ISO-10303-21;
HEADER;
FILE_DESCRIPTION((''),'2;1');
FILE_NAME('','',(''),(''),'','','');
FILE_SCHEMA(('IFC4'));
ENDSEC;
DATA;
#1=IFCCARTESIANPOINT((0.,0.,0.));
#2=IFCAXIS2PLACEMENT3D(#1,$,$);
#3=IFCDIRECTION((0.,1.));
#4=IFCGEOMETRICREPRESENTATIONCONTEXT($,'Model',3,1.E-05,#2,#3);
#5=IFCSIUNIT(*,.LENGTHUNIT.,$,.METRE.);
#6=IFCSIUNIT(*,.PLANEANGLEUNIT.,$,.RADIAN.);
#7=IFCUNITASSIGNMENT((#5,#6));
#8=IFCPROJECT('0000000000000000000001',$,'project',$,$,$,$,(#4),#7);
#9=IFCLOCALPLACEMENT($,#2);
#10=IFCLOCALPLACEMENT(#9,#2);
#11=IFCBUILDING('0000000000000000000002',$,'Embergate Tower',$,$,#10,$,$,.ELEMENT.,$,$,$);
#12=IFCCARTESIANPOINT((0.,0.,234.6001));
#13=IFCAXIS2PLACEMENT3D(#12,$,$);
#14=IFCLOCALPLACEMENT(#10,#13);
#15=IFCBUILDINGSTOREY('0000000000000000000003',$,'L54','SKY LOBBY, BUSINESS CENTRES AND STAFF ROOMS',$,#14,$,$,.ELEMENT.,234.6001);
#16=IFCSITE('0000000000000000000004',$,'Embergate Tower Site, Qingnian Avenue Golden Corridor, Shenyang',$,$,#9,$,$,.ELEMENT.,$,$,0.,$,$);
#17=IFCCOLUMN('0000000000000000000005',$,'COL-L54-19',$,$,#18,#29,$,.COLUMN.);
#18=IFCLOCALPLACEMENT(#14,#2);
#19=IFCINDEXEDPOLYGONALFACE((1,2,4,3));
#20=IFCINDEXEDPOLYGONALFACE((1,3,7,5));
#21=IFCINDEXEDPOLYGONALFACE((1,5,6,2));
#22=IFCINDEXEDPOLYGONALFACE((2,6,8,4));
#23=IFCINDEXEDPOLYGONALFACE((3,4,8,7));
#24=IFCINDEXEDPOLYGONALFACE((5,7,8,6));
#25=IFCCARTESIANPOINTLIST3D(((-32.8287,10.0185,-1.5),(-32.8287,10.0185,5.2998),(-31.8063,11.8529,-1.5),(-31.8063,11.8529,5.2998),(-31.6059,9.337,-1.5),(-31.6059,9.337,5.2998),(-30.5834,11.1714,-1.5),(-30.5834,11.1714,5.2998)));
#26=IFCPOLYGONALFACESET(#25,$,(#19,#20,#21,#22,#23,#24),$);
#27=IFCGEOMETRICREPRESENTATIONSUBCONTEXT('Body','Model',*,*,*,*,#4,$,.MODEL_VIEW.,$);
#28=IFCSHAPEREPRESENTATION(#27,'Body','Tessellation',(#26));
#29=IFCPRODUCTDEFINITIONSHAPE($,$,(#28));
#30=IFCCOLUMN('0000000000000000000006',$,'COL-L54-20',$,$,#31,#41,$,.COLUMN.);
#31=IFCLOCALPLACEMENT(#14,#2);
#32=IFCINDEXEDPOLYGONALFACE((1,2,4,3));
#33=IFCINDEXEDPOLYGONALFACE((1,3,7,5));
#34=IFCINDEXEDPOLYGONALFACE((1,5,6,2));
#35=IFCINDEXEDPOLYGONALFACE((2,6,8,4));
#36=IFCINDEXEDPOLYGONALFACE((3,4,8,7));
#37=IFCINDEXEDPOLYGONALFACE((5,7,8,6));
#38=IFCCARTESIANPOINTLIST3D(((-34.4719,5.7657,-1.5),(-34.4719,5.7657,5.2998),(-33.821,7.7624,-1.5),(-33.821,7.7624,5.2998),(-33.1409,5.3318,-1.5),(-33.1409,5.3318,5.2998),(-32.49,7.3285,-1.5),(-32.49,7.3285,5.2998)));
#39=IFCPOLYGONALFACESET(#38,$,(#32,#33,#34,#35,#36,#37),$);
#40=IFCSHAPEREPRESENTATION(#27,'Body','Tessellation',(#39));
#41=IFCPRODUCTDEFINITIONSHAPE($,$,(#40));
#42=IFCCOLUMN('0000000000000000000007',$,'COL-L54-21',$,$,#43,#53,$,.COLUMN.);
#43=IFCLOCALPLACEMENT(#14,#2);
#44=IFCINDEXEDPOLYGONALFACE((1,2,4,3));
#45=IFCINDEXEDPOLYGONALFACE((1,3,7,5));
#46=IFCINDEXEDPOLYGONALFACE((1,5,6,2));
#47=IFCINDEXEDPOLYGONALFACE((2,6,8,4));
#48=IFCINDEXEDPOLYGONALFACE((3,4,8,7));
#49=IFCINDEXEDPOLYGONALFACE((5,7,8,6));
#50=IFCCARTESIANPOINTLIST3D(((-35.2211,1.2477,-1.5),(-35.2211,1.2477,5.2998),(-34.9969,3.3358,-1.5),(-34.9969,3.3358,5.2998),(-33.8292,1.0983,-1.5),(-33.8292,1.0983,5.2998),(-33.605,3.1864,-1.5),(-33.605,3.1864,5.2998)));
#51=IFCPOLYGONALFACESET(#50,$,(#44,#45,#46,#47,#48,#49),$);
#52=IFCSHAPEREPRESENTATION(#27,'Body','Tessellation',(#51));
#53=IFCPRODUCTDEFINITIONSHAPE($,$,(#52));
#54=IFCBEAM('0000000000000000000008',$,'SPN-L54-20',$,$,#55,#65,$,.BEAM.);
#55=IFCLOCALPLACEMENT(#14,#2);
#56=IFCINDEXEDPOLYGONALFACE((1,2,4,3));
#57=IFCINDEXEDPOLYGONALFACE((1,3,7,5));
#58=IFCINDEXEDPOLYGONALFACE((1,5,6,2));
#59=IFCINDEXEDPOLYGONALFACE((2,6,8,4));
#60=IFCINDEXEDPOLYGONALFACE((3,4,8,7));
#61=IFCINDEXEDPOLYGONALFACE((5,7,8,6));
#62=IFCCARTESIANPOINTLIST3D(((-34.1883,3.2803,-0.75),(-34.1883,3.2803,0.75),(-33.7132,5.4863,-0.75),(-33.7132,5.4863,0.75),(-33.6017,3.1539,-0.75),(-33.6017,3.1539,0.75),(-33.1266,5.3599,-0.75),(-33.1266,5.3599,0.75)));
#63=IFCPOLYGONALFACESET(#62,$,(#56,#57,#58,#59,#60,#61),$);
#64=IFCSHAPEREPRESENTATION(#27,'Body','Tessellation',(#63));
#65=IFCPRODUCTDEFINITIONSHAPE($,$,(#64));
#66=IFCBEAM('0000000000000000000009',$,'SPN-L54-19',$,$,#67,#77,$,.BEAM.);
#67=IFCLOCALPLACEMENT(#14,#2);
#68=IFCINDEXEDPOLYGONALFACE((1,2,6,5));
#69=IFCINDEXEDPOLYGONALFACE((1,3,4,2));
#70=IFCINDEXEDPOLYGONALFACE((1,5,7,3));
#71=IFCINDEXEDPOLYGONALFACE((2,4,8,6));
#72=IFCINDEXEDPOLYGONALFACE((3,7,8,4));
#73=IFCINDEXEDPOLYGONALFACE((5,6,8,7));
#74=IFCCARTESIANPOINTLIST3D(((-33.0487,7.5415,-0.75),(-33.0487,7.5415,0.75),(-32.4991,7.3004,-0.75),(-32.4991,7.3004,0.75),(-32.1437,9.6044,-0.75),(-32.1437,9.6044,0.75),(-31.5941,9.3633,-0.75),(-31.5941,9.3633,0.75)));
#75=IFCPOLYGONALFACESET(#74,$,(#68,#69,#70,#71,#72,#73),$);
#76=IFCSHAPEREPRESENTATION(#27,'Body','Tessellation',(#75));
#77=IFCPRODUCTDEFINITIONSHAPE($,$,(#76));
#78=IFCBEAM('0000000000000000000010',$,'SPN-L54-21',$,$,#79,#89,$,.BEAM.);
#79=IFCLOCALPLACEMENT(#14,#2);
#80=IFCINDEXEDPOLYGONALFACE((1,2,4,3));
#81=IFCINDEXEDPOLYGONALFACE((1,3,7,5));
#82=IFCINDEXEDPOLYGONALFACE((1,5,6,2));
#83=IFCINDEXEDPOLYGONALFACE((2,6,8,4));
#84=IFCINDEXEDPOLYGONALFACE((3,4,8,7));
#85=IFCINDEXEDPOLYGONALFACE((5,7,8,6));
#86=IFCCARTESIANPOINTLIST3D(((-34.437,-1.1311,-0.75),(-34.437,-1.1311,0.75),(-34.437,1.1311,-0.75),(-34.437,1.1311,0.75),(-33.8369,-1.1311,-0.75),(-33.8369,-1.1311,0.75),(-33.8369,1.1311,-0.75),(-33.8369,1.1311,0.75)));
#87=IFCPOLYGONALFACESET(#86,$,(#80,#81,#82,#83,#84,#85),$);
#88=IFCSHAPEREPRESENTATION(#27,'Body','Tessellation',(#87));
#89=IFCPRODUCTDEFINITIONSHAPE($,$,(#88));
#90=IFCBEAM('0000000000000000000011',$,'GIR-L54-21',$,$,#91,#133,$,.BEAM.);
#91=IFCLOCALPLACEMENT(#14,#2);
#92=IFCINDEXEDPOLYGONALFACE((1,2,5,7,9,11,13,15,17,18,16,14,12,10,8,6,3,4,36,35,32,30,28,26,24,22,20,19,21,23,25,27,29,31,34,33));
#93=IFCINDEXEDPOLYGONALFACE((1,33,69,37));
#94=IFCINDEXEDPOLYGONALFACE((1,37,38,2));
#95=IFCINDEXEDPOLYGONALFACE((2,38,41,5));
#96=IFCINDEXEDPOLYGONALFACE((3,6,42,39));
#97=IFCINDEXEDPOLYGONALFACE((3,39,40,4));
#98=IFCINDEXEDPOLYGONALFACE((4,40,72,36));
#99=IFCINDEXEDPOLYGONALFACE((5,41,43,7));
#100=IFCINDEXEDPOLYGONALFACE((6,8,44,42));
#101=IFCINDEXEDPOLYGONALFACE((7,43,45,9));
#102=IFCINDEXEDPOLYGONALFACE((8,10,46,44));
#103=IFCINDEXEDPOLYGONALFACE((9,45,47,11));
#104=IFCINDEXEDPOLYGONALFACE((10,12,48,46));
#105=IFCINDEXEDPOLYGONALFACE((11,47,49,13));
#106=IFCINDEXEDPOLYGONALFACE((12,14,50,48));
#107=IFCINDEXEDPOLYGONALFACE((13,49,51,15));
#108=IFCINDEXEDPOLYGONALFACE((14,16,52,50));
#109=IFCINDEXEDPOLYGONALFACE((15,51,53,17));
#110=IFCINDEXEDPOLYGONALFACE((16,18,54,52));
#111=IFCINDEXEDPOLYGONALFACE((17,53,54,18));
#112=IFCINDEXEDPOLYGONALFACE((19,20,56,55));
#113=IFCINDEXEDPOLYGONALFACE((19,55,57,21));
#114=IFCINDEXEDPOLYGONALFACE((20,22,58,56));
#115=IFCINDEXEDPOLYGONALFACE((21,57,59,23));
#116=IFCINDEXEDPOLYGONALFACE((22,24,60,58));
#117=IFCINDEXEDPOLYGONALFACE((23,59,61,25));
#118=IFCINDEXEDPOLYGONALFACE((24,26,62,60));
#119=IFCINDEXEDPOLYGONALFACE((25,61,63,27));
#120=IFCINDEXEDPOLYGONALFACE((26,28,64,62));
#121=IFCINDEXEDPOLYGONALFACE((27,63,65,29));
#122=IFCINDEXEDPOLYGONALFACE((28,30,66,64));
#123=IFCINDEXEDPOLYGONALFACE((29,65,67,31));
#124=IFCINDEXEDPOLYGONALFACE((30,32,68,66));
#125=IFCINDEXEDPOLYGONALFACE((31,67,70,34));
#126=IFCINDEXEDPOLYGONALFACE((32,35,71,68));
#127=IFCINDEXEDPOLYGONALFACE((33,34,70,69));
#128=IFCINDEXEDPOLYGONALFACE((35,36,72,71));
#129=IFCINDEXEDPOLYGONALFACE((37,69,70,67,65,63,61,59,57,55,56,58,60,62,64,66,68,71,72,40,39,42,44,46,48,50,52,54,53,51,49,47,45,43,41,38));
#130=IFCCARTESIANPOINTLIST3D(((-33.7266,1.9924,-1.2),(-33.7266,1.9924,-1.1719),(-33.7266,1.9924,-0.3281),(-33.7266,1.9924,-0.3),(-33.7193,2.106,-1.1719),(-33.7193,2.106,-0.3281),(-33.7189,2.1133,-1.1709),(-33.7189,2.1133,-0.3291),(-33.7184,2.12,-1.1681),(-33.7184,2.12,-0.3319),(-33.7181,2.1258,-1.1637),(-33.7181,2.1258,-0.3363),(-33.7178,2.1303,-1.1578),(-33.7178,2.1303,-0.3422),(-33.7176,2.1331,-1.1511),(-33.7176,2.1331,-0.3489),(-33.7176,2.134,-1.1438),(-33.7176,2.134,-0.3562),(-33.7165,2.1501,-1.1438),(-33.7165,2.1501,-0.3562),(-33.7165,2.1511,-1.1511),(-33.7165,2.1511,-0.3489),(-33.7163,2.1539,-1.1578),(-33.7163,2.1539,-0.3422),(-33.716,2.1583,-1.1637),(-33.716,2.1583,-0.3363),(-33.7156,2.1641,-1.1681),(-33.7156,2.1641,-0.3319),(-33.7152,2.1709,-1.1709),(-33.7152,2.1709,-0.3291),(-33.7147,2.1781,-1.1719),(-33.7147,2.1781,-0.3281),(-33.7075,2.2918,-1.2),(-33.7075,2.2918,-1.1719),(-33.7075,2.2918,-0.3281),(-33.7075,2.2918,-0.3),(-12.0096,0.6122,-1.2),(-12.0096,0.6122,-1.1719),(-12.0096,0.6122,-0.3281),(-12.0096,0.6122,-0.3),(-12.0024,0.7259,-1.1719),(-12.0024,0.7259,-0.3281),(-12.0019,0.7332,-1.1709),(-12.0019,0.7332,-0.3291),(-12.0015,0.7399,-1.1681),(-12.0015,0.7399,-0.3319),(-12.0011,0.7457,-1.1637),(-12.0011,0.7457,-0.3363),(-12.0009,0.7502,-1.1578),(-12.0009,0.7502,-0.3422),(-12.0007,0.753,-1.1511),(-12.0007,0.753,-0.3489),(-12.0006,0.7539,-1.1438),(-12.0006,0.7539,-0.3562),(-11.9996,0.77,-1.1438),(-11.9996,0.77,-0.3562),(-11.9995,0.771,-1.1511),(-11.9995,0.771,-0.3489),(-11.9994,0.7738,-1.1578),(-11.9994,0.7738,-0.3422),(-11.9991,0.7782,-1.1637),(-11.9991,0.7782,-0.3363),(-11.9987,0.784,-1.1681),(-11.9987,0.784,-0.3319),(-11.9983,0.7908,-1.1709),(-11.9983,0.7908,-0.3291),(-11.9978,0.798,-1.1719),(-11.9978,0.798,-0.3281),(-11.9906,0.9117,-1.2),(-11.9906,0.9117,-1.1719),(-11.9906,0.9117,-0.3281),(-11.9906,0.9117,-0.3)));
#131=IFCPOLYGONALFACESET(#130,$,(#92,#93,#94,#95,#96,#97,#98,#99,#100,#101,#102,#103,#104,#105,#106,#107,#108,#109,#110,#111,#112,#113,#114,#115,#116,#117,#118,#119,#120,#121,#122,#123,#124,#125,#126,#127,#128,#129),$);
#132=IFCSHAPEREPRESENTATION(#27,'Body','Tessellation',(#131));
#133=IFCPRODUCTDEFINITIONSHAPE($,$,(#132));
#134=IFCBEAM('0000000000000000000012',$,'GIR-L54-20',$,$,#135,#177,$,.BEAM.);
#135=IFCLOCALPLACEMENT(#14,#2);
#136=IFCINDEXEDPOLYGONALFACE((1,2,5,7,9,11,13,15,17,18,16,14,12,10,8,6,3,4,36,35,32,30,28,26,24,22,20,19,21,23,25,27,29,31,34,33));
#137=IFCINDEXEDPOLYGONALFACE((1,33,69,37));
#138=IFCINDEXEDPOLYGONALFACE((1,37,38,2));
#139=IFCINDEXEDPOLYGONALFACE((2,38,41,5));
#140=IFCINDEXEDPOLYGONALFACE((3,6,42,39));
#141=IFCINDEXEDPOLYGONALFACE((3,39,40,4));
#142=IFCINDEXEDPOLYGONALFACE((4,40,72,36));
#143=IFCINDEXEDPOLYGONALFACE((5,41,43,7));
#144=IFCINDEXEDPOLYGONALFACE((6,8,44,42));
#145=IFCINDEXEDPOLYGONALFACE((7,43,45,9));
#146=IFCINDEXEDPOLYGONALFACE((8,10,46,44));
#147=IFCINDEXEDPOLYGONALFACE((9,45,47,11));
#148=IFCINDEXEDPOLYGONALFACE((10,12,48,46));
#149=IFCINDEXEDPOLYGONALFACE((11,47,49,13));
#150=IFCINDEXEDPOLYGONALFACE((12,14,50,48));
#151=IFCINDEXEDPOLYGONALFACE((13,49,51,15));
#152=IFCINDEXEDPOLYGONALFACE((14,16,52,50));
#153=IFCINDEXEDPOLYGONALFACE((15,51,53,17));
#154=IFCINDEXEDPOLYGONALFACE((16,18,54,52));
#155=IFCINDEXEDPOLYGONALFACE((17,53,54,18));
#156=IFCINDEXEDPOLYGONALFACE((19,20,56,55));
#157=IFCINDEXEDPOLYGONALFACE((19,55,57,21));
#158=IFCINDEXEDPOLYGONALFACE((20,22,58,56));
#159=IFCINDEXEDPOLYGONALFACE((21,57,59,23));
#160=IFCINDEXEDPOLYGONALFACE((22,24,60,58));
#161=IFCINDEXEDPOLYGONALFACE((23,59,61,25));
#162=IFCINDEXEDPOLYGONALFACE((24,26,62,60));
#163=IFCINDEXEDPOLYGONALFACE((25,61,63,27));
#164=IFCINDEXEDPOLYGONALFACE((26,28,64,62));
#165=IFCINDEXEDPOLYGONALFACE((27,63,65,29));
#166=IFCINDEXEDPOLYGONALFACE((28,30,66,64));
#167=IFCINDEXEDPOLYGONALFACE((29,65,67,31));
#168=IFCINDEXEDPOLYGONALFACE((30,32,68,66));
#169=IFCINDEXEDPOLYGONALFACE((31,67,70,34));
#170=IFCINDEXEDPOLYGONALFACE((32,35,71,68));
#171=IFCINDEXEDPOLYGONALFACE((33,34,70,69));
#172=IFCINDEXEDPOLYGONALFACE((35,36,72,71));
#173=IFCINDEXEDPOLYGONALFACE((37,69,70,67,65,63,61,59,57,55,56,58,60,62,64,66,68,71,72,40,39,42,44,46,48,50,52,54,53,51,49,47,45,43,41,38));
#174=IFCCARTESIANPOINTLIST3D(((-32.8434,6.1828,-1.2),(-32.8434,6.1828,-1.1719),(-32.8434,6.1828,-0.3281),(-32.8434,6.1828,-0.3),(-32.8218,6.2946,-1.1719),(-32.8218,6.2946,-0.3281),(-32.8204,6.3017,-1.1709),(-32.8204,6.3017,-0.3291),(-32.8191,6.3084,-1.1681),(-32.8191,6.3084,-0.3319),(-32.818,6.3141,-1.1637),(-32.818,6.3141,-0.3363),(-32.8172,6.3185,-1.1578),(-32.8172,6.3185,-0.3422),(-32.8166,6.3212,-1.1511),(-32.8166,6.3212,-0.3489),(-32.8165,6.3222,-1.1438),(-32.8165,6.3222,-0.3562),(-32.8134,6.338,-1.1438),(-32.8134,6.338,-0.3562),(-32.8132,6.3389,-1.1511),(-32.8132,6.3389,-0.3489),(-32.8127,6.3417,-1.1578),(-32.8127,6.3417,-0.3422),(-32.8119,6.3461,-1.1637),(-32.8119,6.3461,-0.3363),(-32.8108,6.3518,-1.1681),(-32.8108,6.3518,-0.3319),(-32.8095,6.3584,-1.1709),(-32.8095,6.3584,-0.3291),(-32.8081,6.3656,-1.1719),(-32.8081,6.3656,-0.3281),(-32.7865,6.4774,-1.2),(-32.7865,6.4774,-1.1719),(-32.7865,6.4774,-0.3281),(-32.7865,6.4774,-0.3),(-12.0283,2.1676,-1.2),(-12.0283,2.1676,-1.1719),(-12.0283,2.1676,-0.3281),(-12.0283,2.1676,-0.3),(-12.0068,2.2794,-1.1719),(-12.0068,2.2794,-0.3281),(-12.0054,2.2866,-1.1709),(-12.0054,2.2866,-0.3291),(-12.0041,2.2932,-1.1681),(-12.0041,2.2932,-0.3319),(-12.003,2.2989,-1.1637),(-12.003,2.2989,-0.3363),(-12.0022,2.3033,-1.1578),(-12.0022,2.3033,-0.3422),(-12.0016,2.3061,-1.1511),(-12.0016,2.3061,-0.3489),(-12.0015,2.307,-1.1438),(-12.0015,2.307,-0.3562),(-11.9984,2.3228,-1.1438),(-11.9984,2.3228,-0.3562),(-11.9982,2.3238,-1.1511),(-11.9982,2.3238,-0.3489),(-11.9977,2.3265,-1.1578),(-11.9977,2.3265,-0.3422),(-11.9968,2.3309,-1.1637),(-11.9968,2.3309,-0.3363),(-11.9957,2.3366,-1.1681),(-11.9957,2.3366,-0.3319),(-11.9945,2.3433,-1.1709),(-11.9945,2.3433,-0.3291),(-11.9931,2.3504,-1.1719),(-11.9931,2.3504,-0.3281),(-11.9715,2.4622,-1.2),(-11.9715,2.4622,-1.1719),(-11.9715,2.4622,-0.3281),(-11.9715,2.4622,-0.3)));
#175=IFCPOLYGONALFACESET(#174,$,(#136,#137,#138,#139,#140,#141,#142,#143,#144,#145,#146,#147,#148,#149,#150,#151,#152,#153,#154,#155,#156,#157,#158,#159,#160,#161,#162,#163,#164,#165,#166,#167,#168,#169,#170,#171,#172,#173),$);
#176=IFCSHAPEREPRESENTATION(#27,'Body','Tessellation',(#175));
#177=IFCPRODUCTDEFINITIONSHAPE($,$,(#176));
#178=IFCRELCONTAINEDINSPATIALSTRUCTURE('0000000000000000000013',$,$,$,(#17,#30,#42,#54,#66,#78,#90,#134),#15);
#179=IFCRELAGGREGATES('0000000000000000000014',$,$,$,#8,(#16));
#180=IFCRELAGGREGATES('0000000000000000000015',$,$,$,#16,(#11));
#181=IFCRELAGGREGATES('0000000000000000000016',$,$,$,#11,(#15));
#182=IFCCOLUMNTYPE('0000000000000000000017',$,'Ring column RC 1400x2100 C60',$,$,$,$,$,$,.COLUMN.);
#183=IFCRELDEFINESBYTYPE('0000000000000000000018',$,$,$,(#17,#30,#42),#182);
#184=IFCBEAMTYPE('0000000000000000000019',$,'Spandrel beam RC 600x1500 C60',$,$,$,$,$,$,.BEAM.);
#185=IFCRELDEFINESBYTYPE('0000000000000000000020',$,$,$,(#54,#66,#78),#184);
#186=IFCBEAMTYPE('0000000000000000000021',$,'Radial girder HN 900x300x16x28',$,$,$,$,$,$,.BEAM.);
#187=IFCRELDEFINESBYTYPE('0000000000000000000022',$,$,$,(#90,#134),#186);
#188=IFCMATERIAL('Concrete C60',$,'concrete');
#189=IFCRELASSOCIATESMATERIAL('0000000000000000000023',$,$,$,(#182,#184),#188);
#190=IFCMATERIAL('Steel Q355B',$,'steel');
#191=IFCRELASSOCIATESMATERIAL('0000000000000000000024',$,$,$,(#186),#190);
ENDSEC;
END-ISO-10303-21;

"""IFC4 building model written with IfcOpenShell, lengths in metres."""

from ifc_helpers import new_model, si_unit, direction, frame, origin, origin_2d, place, context, subcontext, project, spatial, rectangle, i_section, extrude, source, transform, mapped, material, material_profile, profile_set, type_object, element, save


model = new_model("IFC4")

# Units and contexts
model_context = context("Model", 3, precision=1e-05, world=origin(), true_north=direction((0.0, 1.0)))
body_context = subcontext(model_context, "Body", "Model", "MODEL_VIEW")
ifc_project = project(units=[si_unit("LENGTHUNIT", "METRE"), si_unit("PLANEANGLEUNIT", "RADIAN")], contexts=[model_context])

# Site, building, storey
site_placement = place(None, origin())
site = spatial("IfcSite", under=ifc_project, at=site_placement, Name="Embergate Tower Site, Qingnian Avenue Golden Corridor, Shenyang", CompositionType="ELEMENT", RefElevation=0.0)
building_placement = place(site_placement, origin())
building = spatial("IfcBuilding", under=site, at=building_placement, Name="Embergate Tower", CompositionType="ELEMENT")
storey_placement = place(building_placement, frame((0.0, 0.0, 234.6001)))
storey = spatial("IfcBuildingStorey", under=building, at=storey_placement, Name="L54", Description="SKY LOBBY, BUSINESS CENTRES AND STAFF ROOMS", CompositionType="ELEMENT", Elevation=234.6001)

# Columns
ifc_material_1 = material(Name="Concrete C60", Category="concrete")
ifc_material_profile_1 = material_profile(ifc_material_1, rectangle(XDim=1.3999, YDim=2.1001, at=origin_2d()), Name="RC 1400x2100")
ifc_profile_set_1 = profile_set([ifc_material_profile_1], Name="Concrete C60")
column_type = type_object("IfcColumnType", Name="Ring column RC 1400x2100 C60", PredefinedType="COLUMN", material=ifc_profile_set_1)
shared_shape_1 = source(origin(), body_context, "Body", "SweptSolid", [
    extrude(rectangle(XDim=1.3999, YDim=2.1001, at=origin_2d()), origin(), (0.0, 0.0, 1.0), 6.7998),
])
for number, where, z_axis, x_axis, name in (
    (1, (-31.7061, 10.595, -1.5), (0.0, 0.0, 1.0), (-0.873492, 0.486839, 0.0), "COL-L54-19"),
    (2, (-33.481, 6.5471, -1.5), (0.0, 0.0, 1.0), (-0.950754, 0.309946, 0.0), "COL-L54-20"),
    (3, (-34.4131, 2.217, -1.5), (0.0, 0.0, 1.0), (-0.994286, 0.10675, 0.0), "COL-L54-21"),
):
    element("IfcColumn", number, at=place(storey_placement, frame(where, z_axis=z_axis, x_axis=x_axis)), inside=storey, type_object=column_type, Name=name, PredefinedType="COLUMN", context=body_context, shape_type="MappedRepresentation", body=[
        mapped(shared_shape_1, transform((0.0, 0.0, 0.0))),
    ])

# Beams
ifc_material_profile_2 = material_profile(ifc_material_1, rectangle(XDim=0.6001, YDim=1.5, at=origin_2d()), Name="RC 600x1500")
ifc_profile_set_2 = profile_set([ifc_material_profile_2], Name="Concrete C60")
beam_type_1 = type_object("IfcBeamType", Name="Spandrel beam RC 600x1500 C60", PredefinedType="BEAM", material=ifc_profile_set_2)
shared_shape_2 = source(origin(), body_context, "Body", "SweptSolid", [
    extrude(rectangle(XDim=0.6001, YDim=1.5, at=origin_2d()), origin(), (0.0, 0.0, 1.0), 2.2566),
])
beam_1_placement = place(storey_placement, frame((-33.4199, 5.4231, 0.0), z_axis=(-0.210534, -0.977587, 0.0), x_axis=(0.977587, -0.210534, 0.0)))
element("IfcBeam", 4, at=beam_1_placement, inside=storey, type_object=beam_type_1, Name="SPN-L54-20", PredefinedType="BEAM", context=body_context, shape_type="MappedRepresentation", body=[
    mapped(shared_shape_2, transform((0.0, 0.0, 0.0))),
])
shared_shape_3 = source(origin(), body_context, "Body", "SweptSolid", [
    extrude(rectangle(XDim=0.6001, YDim=1.5, at=origin_2d()), origin(), (0.0, 0.0, 1.0), 2.2527),
])
beam_2_placement = place(storey_placement, frame((-31.8689, 9.4839, 0.0), z_axis=(-0.40174, -0.915754, 0.0), x_axis=(0.915754, -0.40174, 0.0)))
element("IfcBeam", 5, at=beam_2_placement, inside=storey, type_object=beam_type_1, Name="SPN-L54-19", PredefinedType="BEAM", context=body_context, shape_type="MappedRepresentation", body=[
    mapped(shared_shape_3, transform((0.0, 0.0, 0.0))),
])
shared_shape_4 = source(origin(), body_context, "Body", "SweptSolid", [
    extrude(rectangle(XDim=0.6001, YDim=1.5, at=origin_2d()), origin(), (0.0, 0.0, 1.0), 2.2622),
])
beam_3_placement = place(storey_placement, frame((-34.137, 1.1311, 0.0), z_axis=(0.0, -1.0, 0.0), x_axis=(1.0, 0.0, 0.0)))
element("IfcBeam", 6, at=beam_3_placement, inside=storey, type_object=beam_type_1, Name="SPN-L54-21", PredefinedType="BEAM", context=body_context, shape_type="MappedRepresentation", body=[
    mapped(shared_shape_4, transform((0.0, 0.0, 0.0))),
])
ifc_material_2 = material(Name="Steel Q355B", Category="steel")
ifc_material_profile_3 = material_profile(ifc_material_2, i_section(OverallWidth=0.3, OverallDepth=0.8999, WebThickness=0.0161, FlangeThickness=0.0281, FilletRadius=0.0281, at=origin_2d()), Name="HN 900x300x16x28")
ifc_profile_set_3 = profile_set([ifc_material_profile_3], Name="Steel Q355 grade B")
beam_type_2 = type_object("IfcBeamType", Name="Radial girder HN 900x300x16x28", PredefinedType="BEAM", material=ifc_profile_set_3)
shared_shape_5 = source(origin(), body_context, "Body", "SweptSolid", [
    extrude(i_section(OverallWidth=0.3, OverallDepth=0.8999, WebThickness=0.0161, FlangeThickness=0.0281, FilletRadius=0.0281, at=origin_2d()), origin(), (0.0, 0.0, 1.0), 21.7607),
])
beam_4_placement = place(storey_placement, frame((-33.717, 2.1421, -0.75), z_axis=(0.997987, -0.063422, 0.0), x_axis=(0.063422, 0.997987, 0.0)))
element("IfcBeam", 7, at=beam_4_placement, inside=storey, type_object=beam_type_2, Name="GIR-L54-21", PredefinedType="BEAM", context=body_context, shape_type="MappedRepresentation", body=[
    mapped(shared_shape_5, transform((0.0, 0.0, 0.0))),
])
shared_shape_6 = source(origin(), body_context, "Body", "SweptSolid", [
    extrude(i_section(OverallWidth=0.3, OverallDepth=0.8999, WebThickness=0.0161, FlangeThickness=0.0281, FilletRadius=0.0281, at=origin_2d()), origin(), (0.0, 0.0, 1.0), 21.1987),
])
beam_5_placement = place(storey_placement, frame((-32.8149, 6.3301, -0.75), z_axis=(0.981899, -0.189405, 0.0), x_axis=(0.189405, 0.981899, 0.0)))
element("IfcBeam", 8, at=beam_5_placement, inside=storey, type_object=beam_type_2, Name="GIR-L54-20", PredefinedType="BEAM", context=body_context, shape_type="MappedRepresentation", body=[
    mapped(shared_shape_6, transform((0.0, 0.0, 0.0))),
])

save(model, "model.ifc")
